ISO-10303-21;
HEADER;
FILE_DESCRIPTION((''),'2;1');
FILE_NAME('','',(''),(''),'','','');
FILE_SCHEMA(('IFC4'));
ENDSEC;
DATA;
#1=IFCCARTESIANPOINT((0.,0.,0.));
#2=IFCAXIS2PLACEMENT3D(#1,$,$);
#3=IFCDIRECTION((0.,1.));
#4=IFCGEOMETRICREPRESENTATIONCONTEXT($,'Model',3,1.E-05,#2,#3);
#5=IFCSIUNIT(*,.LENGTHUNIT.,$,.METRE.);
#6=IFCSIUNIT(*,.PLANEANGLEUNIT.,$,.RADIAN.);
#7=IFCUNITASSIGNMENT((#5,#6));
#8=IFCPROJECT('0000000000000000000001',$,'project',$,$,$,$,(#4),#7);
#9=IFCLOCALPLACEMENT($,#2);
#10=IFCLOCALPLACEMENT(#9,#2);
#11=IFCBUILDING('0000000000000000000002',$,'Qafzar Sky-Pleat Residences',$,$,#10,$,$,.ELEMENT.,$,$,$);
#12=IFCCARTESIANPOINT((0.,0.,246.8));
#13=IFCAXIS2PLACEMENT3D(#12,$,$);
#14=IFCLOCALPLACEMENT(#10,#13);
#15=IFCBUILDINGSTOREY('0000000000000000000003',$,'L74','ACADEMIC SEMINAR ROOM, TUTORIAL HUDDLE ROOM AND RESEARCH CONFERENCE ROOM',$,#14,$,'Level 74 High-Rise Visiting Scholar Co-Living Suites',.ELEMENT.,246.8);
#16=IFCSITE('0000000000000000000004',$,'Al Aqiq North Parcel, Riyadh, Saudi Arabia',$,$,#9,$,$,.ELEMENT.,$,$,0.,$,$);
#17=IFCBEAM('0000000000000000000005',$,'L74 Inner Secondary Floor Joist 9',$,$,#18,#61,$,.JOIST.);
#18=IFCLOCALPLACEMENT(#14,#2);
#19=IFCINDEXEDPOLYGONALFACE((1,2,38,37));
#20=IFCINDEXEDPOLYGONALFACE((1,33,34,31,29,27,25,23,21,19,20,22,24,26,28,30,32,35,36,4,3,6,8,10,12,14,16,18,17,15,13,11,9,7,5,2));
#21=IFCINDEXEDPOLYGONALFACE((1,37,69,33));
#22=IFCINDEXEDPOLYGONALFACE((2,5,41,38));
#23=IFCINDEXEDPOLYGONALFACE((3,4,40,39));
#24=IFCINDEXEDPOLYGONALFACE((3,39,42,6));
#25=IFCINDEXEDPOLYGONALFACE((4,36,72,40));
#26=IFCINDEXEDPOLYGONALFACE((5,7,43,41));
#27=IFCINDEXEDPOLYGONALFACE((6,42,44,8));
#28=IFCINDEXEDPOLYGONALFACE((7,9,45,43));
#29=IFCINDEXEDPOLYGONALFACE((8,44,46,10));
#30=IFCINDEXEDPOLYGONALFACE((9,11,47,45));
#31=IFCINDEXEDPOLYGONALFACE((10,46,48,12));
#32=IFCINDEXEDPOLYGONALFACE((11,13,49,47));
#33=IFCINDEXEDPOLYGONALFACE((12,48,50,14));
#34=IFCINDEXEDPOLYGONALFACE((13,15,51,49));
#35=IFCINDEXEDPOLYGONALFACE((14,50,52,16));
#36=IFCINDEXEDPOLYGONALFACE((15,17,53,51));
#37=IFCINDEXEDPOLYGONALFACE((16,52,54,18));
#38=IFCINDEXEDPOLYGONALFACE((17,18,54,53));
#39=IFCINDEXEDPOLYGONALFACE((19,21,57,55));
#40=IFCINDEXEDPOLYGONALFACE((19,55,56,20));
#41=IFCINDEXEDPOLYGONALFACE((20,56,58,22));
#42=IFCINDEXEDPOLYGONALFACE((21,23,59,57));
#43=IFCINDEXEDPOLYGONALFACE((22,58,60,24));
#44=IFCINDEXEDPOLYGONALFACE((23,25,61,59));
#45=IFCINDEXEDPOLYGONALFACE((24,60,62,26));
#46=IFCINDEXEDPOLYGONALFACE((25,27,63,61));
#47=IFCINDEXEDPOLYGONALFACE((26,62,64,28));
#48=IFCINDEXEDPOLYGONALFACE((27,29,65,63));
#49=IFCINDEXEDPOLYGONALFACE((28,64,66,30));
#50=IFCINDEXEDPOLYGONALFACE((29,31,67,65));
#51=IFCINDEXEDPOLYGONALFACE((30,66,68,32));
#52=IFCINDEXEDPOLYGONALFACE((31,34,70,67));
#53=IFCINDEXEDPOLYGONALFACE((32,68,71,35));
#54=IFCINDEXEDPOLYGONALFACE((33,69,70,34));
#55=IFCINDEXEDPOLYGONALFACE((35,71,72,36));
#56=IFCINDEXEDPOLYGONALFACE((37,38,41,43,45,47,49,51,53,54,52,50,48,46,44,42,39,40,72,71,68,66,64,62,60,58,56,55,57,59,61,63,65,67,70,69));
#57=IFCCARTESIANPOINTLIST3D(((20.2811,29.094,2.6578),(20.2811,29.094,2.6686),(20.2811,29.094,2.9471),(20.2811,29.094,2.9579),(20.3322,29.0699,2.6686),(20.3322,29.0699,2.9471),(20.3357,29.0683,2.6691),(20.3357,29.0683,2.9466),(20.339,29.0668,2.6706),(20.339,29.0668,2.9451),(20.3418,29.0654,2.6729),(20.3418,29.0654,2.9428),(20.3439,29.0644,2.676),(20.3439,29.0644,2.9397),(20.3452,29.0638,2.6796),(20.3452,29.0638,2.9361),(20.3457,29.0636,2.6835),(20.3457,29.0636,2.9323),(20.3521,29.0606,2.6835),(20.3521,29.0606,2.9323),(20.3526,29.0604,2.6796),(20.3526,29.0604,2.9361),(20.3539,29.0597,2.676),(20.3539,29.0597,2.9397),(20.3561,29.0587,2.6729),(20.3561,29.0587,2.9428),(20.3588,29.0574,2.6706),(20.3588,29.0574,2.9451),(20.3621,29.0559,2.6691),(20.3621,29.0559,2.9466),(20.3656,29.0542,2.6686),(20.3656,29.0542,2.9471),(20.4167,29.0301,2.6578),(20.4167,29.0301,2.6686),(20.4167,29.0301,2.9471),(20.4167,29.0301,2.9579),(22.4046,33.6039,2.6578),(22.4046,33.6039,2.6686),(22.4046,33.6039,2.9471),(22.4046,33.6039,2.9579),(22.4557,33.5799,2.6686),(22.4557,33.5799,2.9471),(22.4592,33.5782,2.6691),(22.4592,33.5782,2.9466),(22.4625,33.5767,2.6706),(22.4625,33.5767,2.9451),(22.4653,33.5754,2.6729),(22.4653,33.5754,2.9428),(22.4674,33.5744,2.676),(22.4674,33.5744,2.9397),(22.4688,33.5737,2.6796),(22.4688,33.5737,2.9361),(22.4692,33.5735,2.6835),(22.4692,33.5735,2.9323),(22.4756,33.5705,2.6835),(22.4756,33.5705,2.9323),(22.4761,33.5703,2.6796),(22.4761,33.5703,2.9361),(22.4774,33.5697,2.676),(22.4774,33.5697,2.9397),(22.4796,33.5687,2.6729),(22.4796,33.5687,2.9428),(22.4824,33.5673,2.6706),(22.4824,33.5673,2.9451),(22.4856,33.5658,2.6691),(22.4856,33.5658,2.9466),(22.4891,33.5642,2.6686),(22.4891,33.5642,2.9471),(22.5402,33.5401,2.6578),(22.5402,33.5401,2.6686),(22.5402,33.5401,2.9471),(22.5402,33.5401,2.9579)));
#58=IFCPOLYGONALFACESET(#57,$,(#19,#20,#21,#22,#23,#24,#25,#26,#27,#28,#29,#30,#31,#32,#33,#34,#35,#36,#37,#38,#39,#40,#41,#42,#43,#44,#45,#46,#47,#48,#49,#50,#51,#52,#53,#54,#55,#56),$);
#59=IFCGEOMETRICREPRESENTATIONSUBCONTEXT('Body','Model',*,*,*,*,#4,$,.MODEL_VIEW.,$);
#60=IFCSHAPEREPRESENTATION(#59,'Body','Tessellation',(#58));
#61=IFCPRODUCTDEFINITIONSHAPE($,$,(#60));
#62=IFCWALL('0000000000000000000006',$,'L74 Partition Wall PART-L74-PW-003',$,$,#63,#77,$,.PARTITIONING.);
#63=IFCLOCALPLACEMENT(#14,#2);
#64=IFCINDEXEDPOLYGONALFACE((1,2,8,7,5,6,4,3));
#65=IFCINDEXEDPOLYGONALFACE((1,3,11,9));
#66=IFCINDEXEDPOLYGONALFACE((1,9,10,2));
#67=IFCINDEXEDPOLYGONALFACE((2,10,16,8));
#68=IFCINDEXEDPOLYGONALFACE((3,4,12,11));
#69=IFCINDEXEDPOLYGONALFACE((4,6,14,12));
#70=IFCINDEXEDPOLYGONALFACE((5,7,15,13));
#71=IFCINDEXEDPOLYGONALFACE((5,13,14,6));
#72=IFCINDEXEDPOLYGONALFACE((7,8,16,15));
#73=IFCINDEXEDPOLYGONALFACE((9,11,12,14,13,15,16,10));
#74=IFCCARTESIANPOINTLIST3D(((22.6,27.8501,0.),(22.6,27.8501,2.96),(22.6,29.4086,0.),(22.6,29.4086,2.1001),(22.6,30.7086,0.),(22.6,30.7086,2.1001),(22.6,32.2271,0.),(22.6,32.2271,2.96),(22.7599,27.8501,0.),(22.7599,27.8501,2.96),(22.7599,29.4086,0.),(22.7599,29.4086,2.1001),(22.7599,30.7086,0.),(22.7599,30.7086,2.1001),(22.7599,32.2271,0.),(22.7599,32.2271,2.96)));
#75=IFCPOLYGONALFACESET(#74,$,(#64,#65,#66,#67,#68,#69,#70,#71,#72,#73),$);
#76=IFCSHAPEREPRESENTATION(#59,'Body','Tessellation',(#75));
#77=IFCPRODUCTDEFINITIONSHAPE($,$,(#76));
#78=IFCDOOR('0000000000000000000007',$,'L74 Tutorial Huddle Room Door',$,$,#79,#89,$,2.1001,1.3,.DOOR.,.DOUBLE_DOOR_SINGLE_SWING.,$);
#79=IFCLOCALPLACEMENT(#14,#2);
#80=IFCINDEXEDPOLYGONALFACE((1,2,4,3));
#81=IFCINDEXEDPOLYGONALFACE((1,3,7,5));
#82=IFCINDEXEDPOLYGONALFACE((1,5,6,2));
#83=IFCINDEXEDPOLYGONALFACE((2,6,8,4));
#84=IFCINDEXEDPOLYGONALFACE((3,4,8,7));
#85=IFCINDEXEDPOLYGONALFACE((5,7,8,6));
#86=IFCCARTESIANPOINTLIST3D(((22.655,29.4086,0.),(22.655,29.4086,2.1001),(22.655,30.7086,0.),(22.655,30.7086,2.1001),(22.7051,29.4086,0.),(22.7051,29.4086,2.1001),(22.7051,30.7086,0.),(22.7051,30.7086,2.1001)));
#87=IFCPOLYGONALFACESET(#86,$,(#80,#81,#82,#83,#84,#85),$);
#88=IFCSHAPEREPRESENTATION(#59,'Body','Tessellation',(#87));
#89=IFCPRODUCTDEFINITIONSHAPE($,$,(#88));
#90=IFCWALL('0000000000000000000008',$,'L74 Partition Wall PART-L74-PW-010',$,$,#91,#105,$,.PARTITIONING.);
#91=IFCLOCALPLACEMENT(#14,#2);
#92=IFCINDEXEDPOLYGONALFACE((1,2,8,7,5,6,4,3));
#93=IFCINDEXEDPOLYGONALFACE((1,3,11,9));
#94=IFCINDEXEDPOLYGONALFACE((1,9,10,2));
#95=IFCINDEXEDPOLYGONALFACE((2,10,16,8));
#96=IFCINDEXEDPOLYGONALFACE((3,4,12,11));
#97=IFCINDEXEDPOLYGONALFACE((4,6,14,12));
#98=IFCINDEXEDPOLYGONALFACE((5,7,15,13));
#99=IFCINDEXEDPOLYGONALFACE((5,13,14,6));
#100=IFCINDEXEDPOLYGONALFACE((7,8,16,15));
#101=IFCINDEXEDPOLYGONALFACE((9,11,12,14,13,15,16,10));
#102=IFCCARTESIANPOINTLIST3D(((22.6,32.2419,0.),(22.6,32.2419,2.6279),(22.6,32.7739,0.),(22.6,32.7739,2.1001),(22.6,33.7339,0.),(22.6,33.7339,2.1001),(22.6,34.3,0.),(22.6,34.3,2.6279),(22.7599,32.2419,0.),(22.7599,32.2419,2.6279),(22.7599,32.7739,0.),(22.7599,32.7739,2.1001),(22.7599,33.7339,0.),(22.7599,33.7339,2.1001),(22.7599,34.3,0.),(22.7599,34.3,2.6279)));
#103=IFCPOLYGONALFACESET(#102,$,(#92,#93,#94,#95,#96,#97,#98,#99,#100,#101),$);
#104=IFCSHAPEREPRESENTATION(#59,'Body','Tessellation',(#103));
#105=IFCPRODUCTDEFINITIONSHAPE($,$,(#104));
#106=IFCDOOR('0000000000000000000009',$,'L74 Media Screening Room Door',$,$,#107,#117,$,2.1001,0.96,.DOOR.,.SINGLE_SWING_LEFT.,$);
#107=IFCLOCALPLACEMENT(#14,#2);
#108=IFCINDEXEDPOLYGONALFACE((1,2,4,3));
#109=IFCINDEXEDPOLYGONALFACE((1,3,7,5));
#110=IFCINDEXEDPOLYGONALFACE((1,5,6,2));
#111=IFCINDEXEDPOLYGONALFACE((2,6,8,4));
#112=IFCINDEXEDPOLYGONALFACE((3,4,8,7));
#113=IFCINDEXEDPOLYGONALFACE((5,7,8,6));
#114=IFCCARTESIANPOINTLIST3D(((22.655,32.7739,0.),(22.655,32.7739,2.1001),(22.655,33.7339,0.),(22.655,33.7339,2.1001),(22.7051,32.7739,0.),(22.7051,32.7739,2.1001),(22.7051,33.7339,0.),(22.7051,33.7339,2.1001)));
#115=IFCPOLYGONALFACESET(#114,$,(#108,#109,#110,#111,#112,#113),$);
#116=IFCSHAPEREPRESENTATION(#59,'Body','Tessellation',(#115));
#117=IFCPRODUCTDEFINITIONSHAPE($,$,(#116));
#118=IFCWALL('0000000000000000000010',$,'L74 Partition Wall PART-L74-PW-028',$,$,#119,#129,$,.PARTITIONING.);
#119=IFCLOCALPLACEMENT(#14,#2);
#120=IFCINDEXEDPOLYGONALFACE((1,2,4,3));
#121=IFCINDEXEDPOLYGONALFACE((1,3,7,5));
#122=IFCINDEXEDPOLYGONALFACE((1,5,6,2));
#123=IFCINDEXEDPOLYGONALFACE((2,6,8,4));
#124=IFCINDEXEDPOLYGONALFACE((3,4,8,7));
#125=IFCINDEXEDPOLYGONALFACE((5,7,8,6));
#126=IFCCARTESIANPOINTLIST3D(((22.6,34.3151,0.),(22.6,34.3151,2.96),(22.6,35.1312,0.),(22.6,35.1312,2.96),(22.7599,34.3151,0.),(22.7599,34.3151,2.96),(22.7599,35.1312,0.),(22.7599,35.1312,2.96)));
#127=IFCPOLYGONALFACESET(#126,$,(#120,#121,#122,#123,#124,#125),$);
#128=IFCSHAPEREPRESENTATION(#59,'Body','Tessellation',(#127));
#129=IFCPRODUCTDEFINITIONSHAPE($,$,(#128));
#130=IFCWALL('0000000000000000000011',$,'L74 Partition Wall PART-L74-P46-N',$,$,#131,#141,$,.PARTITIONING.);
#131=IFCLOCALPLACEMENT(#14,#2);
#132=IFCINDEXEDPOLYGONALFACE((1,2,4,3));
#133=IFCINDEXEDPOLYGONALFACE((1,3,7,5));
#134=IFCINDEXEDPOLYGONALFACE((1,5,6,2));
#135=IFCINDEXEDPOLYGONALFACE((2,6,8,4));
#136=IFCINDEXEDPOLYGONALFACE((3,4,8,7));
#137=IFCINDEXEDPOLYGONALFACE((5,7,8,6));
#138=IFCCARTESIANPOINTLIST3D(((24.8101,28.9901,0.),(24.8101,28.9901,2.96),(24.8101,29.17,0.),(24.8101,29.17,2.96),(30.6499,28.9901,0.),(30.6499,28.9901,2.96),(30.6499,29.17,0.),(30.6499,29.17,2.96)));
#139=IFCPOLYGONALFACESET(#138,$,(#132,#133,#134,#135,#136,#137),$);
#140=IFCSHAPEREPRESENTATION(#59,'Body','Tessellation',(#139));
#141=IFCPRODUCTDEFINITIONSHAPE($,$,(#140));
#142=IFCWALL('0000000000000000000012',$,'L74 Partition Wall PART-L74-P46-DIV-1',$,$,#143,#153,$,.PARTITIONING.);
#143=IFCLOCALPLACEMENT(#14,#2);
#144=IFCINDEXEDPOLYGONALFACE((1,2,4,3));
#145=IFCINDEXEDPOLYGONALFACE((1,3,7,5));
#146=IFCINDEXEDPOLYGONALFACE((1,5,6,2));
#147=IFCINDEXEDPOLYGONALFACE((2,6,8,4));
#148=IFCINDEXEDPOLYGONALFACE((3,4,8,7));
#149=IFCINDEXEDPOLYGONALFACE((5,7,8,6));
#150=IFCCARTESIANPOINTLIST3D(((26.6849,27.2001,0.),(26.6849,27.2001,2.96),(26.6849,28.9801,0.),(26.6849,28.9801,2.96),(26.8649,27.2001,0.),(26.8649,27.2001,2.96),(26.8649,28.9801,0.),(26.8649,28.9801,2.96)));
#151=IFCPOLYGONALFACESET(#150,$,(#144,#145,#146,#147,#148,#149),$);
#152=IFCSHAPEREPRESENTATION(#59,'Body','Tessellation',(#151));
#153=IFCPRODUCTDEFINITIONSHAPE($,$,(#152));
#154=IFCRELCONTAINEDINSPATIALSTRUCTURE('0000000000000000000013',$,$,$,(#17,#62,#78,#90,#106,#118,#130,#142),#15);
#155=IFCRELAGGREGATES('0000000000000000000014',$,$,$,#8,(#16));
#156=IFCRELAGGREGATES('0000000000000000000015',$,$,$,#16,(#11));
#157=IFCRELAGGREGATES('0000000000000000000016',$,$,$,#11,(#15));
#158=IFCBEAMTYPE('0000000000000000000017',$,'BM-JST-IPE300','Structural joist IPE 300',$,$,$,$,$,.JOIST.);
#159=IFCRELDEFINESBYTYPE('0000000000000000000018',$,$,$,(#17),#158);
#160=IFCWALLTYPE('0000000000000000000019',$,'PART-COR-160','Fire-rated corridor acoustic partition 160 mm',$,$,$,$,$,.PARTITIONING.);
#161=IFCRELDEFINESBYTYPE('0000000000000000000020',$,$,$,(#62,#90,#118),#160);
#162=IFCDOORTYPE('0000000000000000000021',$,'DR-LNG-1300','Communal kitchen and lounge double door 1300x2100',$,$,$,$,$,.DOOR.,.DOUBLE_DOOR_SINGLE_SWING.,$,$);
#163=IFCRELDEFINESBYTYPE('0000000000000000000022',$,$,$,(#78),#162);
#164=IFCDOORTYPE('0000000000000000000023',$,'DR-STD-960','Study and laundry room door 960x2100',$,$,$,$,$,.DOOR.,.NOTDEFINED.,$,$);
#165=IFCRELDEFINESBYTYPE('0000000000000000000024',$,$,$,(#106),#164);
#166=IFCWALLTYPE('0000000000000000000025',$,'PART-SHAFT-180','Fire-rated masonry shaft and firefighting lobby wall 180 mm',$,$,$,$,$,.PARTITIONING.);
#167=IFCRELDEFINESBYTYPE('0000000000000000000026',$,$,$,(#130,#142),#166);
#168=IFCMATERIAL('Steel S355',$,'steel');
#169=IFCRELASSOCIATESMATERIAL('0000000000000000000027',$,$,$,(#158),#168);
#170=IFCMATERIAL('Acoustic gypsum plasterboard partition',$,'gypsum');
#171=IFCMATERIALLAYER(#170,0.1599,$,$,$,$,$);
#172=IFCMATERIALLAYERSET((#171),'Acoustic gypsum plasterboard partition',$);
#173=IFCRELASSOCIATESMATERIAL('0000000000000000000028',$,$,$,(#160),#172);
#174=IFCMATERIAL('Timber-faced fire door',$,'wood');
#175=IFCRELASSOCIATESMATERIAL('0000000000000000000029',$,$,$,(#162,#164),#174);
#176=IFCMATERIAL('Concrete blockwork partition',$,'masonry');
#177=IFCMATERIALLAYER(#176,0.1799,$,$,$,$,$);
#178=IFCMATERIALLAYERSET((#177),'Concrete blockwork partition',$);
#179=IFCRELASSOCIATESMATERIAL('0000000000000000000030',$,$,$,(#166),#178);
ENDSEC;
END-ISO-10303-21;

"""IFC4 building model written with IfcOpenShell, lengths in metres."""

from ifc_helpers import new_model, si_unit, direction, frame, frame_2d, origin, origin_2d, place, context, subcontext, project, spatial, rectangle, i_section, extrude, source, transform, mapped, material, layer, layer_set, material_profile, profile_set, type_object, element, fill, save


model = new_model("IFC4")

# Units and contexts
model_context = context("Model", 3, precision=1e-05, world=origin(), true_north=direction((0.0, 1.0)))
body_context = subcontext(model_context, "Body", "Model", "MODEL_VIEW")
ifc_project = project(units=[si_unit("LENGTHUNIT", "METRE"), si_unit("PLANEANGLEUNIT", "RADIAN")], contexts=[model_context])

# Site, building, storey
site_placement = place(None, origin())
site = spatial("IfcSite", under=ifc_project, at=site_placement, Name="Al Aqiq North Parcel, Riyadh, Saudi Arabia", CompositionType="ELEMENT", RefElevation=0.0)
building_placement = place(site_placement, origin())
building = spatial("IfcBuilding", under=site, at=building_placement, Name="Qafzar Sky-Pleat Residences", CompositionType="ELEMENT")
storey_placement = place(building_placement, frame((0.0, 0.0, 246.8)))
storey = spatial("IfcBuildingStorey", under=building, at=storey_placement, Name="L74", Description="ACADEMIC SEMINAR ROOM, TUTORIAL HUDDLE ROOM AND RESEARCH CONFERENCE ROOM", LongName="Level 74 High-Rise Visiting Scholar Co-Living Suites", CompositionType="ELEMENT", Elevation=246.8)

# Beam
ifc_material_1 = material(Name="Steel S355", Category="steel")
ifc_material_profile = material_profile(ifc_material_1, i_section(OverallWidth=0.1499, OverallDepth=0.3, WebThickness=0.0071, FlangeThickness=0.0107, FilletRadius=0.0149, at=origin_2d()), Name="IPE 300")
ifc_profile_set = profile_set([ifc_material_profile], Name="Steel S355")
beam_type = type_object("IfcBeamType", Name="BM-JST-IPE300", Description="Structural joist IPE 300", PredefinedType="JOIST", material=ifc_profile_set)
shared_shape_1 = source(origin(), body_context, "Body", "SweptSolid", [
    extrude(i_section(OverallWidth=0.1499, OverallDepth=0.3, WebThickness=0.0071, FlangeThickness=0.0107, FilletRadius=0.0149, at=origin_2d()), origin(), (0.0, 0.0, 1.0), 4.9849),
])
beam_placement = place(storey_placement, frame((22.4724, 33.572, 2.8079), z_axis=(-0.42599, -0.904728, 0.0), x_axis=(0.904728, -0.42599, 0.0)))
element("IfcBeam", 1, at=beam_placement, inside=storey, type_object=beam_type, Name="L74 Inner Secondary Floor Joist 9", PredefinedType="JOIST", context=body_context, shape_type="MappedRepresentation", body=[
    mapped(shared_shape_1, transform((0.0, 0.0, 0.0), x_axis=(1.0, 0.0, 0.0), y_axis=(0.0, 1.0, 0.0), z_axis=(0.0, 0.0, 1.0), scale=1.0)),
])

# Walls, openings, doors
ifc_material_2 = material(Name="Acoustic gypsum plasterboard partition", Category="gypsum")
ifc_layer_1 = layer(ifc_material_2, 0.1599)
ifc_layer_set_1 = layer_set([ifc_layer_1], Name="Acoustic gypsum plasterboard partition")
wall_type_1 = type_object("IfcWallType", Name="PART-COR-160", Description="Fire-rated corridor acoustic partition 160 mm", PredefinedType="PARTITIONING", material=ifc_layer_set_1)
wall_1_placement = place(storey_placement, frame((22.6799, 27.8501, 0.0), z_axis=(0.0, 0.0, 1.0), x_axis=(0.0, 1.0, 0.0)))
wall_1 = element("IfcWall", 2, at=wall_1_placement, inside=storey, type_object=wall_type_1, Name="L74 Partition Wall PART-L74-PW-003", PredefinedType="PARTITIONING", context=body_context, shape_type="SweptSolid", body=[
    extrude(rectangle(XDim=4.377, YDim=0.1599, at=frame_2d((2.1885, 0.0))), origin(), (0.0, 0.0, 1.0), 2.96),
])
opening_1_placement = place(wall_1_placement, frame((1.5586, 0.0, 0.0)))
opening_1 = element("IfcOpeningElement", 3, at=opening_1_placement, cuts=wall_1, PredefinedType="OPENING", context=body_context, shape_type="SweptSolid", body=[
    extrude(rectangle(XDim=1.3, YDim=2.1001, at=frame_2d((0.6499, 1.05))), frame((0.0, 0.0898, 0.0), z_axis=(0.0, -1.0, 0.0), x_axis=(1.0, 0.0, 0.0)), (0.0, 0.0, 1.0), 0.1799),
])
ifc_material_3 = material(Name="Timber-faced fire door", Category="wood")
door_type_1 = type_object("IfcDoorType", Name="DR-LNG-1300", Description="Communal kitchen and lounge double door 1300x2100", OperationType="DOUBLE_DOOR_SINGLE_SWING", PredefinedType="DOOR", material=ifc_material_3)
shared_shape_2 = source(origin(), body_context, "Body", "SweptSolid", [
    extrude(rectangle(XDim=1.3, YDim=2.1001, at=frame_2d((0.6499, 1.05))), frame((0.0, 0.0249, 0.0), z_axis=(0.0, -1.0, 0.0), x_axis=(1.0, 0.0, 0.0)), (0.0, 0.0, 1.0), 0.05),
])
door_1_placement = place(opening_1_placement, origin())
door_1 = element("IfcDoor", 4, at=door_1_placement, inside=storey, type_object=door_type_1, Name="L74 Tutorial Huddle Room Door", OperationType="DOUBLE_DOOR_SINGLE_SWING", OverallHeight=2.1001, OverallWidth=1.3, PredefinedType="DOOR", context=body_context, shape_type="MappedRepresentation", body=[
    mapped(shared_shape_2, transform((0.0, 0.0, 0.0), x_axis=(1.0, 0.0, 0.0), y_axis=(0.0, 1.0, 0.0), z_axis=(0.0, 0.0, 1.0), scale=1.0)),
])
fill(opening_1, door_1)
wall_2_placement = place(storey_placement, frame((22.6799, 32.2419, 0.0), z_axis=(0.0, 0.0, 1.0), x_axis=(0.0, 1.0, 0.0)))
wall_2 = element("IfcWall", 5, at=wall_2_placement, inside=storey, type_object=wall_type_1, Name="L74 Partition Wall PART-L74-PW-010", PredefinedType="PARTITIONING", context=body_context, shape_type="SweptSolid", body=[
    extrude(rectangle(XDim=2.0581, YDim=0.1599, at=frame_2d((1.0291, 0.0))), origin(), (0.0, 0.0, 1.0), 2.6279),
])
opening_2_placement = place(wall_2_placement, frame((0.532, 0.0, 0.0)))
opening_2 = element("IfcOpeningElement", 6, at=opening_2_placement, cuts=wall_2, PredefinedType="OPENING", context=body_context, shape_type="SweptSolid", body=[
    extrude(rectangle(XDim=0.96, YDim=2.1001, at=frame_2d((0.48, 1.05))), frame((0.0, 0.0898, 0.0), z_axis=(0.0, -1.0, 0.0), x_axis=(1.0, 0.0, 0.0)), (0.0, 0.0, 1.0), 0.1799),
])
door_type_2 = type_object("IfcDoorType", Name="DR-STD-960", Description="Study and laundry room door 960x2100", OperationType="NOTDEFINED", PredefinedType="DOOR", material=ifc_material_3)
shared_shape_3 = source(origin(), body_context, "Body", "SweptSolid", [
    extrude(rectangle(XDim=0.96, YDim=2.1001, at=frame_2d((0.48, 1.05))), frame((0.0, 0.0249, 0.0), z_axis=(0.0, -1.0, 0.0), x_axis=(1.0, 0.0, 0.0)), (0.0, 0.0, 1.0), 0.05),
])
door_2_placement = place(opening_2_placement, origin())
door_2 = element("IfcDoor", 7, at=door_2_placement, inside=storey, type_object=door_type_2, Name="L74 Media Screening Room Door", OperationType="SINGLE_SWING_LEFT", OverallHeight=2.1001, OverallWidth=0.96, PredefinedType="DOOR", context=body_context, shape_type="MappedRepresentation", body=[
    mapped(shared_shape_3, transform((0.0, 0.0, 0.0), x_axis=(1.0, 0.0, 0.0), y_axis=(0.0, 1.0, 0.0), z_axis=(0.0, 0.0, 1.0), scale=1.0)),
])
fill(opening_2, door_2)

# Walls
wall_3_placement = place(storey_placement, frame((22.6799, 34.3149, 0.0), z_axis=(0.0, 0.0, 1.0), x_axis=(0.0, 1.0, 0.0)))
element("IfcWall", 8, at=wall_3_placement, inside=storey, type_object=wall_type_1, Name="L74 Partition Wall PART-L74-PW-028", PredefinedType="PARTITIONING", context=body_context, shape_type="SweptSolid", body=[
    extrude(rectangle(XDim=0.8162, YDim=0.1599, at=frame_2d((0.4082, 0.0))), origin(), (0.0, 0.0, 1.0), 2.96),
])
ifc_material_4 = material(Name="Concrete blockwork partition", Category="masonry")
ifc_layer_2 = layer(ifc_material_4, 0.1799)
ifc_layer_set_2 = layer_set([ifc_layer_2], Name="Concrete blockwork partition")
wall_type_2 = type_object("IfcWallType", Name="PART-SHAFT-180", Description="Fire-rated masonry shaft and firefighting lobby wall 180 mm", PredefinedType="PARTITIONING", material=ifc_layer_set_2)
wall_4_placement = place(storey_placement, frame((24.8101, 29.0801, 0.0), z_axis=(0.0, 0.0, 1.0), x_axis=(1.0, 0.0, 0.0)))
element("IfcWall", 9, at=wall_4_placement, inside=storey, type_object=wall_type_2, Name="L74 Partition Wall PART-L74-P46-N", PredefinedType="PARTITIONING", context=body_context, shape_type="SweptSolid", body=[
    extrude(rectangle(XDim=5.8398, YDim=0.1799, at=frame_2d((2.9199, 0.0))), origin(), (0.0, 0.0, 1.0), 2.96),
])

# Wall
wall_5_placement = place(storey_placement, frame((26.7749, 27.2, 0.0), z_axis=(0.0, 0.0, 1.0), x_axis=(0.0, 1.0, 0.0)))
element("IfcWall", 10, at=wall_5_placement, inside=storey, type_object=wall_type_2, Name="L74 Partition Wall PART-L74-P46-DIV-1", PredefinedType="PARTITIONING", context=body_context, shape_type="SweptSolid", body=[
    extrude(rectangle(XDim=1.78, YDim=0.1799, at=frame_2d((0.8901, 0.0))), origin(), (0.0, 0.0, 1.0), 2.96),
])

save(model, "model.ifc")
